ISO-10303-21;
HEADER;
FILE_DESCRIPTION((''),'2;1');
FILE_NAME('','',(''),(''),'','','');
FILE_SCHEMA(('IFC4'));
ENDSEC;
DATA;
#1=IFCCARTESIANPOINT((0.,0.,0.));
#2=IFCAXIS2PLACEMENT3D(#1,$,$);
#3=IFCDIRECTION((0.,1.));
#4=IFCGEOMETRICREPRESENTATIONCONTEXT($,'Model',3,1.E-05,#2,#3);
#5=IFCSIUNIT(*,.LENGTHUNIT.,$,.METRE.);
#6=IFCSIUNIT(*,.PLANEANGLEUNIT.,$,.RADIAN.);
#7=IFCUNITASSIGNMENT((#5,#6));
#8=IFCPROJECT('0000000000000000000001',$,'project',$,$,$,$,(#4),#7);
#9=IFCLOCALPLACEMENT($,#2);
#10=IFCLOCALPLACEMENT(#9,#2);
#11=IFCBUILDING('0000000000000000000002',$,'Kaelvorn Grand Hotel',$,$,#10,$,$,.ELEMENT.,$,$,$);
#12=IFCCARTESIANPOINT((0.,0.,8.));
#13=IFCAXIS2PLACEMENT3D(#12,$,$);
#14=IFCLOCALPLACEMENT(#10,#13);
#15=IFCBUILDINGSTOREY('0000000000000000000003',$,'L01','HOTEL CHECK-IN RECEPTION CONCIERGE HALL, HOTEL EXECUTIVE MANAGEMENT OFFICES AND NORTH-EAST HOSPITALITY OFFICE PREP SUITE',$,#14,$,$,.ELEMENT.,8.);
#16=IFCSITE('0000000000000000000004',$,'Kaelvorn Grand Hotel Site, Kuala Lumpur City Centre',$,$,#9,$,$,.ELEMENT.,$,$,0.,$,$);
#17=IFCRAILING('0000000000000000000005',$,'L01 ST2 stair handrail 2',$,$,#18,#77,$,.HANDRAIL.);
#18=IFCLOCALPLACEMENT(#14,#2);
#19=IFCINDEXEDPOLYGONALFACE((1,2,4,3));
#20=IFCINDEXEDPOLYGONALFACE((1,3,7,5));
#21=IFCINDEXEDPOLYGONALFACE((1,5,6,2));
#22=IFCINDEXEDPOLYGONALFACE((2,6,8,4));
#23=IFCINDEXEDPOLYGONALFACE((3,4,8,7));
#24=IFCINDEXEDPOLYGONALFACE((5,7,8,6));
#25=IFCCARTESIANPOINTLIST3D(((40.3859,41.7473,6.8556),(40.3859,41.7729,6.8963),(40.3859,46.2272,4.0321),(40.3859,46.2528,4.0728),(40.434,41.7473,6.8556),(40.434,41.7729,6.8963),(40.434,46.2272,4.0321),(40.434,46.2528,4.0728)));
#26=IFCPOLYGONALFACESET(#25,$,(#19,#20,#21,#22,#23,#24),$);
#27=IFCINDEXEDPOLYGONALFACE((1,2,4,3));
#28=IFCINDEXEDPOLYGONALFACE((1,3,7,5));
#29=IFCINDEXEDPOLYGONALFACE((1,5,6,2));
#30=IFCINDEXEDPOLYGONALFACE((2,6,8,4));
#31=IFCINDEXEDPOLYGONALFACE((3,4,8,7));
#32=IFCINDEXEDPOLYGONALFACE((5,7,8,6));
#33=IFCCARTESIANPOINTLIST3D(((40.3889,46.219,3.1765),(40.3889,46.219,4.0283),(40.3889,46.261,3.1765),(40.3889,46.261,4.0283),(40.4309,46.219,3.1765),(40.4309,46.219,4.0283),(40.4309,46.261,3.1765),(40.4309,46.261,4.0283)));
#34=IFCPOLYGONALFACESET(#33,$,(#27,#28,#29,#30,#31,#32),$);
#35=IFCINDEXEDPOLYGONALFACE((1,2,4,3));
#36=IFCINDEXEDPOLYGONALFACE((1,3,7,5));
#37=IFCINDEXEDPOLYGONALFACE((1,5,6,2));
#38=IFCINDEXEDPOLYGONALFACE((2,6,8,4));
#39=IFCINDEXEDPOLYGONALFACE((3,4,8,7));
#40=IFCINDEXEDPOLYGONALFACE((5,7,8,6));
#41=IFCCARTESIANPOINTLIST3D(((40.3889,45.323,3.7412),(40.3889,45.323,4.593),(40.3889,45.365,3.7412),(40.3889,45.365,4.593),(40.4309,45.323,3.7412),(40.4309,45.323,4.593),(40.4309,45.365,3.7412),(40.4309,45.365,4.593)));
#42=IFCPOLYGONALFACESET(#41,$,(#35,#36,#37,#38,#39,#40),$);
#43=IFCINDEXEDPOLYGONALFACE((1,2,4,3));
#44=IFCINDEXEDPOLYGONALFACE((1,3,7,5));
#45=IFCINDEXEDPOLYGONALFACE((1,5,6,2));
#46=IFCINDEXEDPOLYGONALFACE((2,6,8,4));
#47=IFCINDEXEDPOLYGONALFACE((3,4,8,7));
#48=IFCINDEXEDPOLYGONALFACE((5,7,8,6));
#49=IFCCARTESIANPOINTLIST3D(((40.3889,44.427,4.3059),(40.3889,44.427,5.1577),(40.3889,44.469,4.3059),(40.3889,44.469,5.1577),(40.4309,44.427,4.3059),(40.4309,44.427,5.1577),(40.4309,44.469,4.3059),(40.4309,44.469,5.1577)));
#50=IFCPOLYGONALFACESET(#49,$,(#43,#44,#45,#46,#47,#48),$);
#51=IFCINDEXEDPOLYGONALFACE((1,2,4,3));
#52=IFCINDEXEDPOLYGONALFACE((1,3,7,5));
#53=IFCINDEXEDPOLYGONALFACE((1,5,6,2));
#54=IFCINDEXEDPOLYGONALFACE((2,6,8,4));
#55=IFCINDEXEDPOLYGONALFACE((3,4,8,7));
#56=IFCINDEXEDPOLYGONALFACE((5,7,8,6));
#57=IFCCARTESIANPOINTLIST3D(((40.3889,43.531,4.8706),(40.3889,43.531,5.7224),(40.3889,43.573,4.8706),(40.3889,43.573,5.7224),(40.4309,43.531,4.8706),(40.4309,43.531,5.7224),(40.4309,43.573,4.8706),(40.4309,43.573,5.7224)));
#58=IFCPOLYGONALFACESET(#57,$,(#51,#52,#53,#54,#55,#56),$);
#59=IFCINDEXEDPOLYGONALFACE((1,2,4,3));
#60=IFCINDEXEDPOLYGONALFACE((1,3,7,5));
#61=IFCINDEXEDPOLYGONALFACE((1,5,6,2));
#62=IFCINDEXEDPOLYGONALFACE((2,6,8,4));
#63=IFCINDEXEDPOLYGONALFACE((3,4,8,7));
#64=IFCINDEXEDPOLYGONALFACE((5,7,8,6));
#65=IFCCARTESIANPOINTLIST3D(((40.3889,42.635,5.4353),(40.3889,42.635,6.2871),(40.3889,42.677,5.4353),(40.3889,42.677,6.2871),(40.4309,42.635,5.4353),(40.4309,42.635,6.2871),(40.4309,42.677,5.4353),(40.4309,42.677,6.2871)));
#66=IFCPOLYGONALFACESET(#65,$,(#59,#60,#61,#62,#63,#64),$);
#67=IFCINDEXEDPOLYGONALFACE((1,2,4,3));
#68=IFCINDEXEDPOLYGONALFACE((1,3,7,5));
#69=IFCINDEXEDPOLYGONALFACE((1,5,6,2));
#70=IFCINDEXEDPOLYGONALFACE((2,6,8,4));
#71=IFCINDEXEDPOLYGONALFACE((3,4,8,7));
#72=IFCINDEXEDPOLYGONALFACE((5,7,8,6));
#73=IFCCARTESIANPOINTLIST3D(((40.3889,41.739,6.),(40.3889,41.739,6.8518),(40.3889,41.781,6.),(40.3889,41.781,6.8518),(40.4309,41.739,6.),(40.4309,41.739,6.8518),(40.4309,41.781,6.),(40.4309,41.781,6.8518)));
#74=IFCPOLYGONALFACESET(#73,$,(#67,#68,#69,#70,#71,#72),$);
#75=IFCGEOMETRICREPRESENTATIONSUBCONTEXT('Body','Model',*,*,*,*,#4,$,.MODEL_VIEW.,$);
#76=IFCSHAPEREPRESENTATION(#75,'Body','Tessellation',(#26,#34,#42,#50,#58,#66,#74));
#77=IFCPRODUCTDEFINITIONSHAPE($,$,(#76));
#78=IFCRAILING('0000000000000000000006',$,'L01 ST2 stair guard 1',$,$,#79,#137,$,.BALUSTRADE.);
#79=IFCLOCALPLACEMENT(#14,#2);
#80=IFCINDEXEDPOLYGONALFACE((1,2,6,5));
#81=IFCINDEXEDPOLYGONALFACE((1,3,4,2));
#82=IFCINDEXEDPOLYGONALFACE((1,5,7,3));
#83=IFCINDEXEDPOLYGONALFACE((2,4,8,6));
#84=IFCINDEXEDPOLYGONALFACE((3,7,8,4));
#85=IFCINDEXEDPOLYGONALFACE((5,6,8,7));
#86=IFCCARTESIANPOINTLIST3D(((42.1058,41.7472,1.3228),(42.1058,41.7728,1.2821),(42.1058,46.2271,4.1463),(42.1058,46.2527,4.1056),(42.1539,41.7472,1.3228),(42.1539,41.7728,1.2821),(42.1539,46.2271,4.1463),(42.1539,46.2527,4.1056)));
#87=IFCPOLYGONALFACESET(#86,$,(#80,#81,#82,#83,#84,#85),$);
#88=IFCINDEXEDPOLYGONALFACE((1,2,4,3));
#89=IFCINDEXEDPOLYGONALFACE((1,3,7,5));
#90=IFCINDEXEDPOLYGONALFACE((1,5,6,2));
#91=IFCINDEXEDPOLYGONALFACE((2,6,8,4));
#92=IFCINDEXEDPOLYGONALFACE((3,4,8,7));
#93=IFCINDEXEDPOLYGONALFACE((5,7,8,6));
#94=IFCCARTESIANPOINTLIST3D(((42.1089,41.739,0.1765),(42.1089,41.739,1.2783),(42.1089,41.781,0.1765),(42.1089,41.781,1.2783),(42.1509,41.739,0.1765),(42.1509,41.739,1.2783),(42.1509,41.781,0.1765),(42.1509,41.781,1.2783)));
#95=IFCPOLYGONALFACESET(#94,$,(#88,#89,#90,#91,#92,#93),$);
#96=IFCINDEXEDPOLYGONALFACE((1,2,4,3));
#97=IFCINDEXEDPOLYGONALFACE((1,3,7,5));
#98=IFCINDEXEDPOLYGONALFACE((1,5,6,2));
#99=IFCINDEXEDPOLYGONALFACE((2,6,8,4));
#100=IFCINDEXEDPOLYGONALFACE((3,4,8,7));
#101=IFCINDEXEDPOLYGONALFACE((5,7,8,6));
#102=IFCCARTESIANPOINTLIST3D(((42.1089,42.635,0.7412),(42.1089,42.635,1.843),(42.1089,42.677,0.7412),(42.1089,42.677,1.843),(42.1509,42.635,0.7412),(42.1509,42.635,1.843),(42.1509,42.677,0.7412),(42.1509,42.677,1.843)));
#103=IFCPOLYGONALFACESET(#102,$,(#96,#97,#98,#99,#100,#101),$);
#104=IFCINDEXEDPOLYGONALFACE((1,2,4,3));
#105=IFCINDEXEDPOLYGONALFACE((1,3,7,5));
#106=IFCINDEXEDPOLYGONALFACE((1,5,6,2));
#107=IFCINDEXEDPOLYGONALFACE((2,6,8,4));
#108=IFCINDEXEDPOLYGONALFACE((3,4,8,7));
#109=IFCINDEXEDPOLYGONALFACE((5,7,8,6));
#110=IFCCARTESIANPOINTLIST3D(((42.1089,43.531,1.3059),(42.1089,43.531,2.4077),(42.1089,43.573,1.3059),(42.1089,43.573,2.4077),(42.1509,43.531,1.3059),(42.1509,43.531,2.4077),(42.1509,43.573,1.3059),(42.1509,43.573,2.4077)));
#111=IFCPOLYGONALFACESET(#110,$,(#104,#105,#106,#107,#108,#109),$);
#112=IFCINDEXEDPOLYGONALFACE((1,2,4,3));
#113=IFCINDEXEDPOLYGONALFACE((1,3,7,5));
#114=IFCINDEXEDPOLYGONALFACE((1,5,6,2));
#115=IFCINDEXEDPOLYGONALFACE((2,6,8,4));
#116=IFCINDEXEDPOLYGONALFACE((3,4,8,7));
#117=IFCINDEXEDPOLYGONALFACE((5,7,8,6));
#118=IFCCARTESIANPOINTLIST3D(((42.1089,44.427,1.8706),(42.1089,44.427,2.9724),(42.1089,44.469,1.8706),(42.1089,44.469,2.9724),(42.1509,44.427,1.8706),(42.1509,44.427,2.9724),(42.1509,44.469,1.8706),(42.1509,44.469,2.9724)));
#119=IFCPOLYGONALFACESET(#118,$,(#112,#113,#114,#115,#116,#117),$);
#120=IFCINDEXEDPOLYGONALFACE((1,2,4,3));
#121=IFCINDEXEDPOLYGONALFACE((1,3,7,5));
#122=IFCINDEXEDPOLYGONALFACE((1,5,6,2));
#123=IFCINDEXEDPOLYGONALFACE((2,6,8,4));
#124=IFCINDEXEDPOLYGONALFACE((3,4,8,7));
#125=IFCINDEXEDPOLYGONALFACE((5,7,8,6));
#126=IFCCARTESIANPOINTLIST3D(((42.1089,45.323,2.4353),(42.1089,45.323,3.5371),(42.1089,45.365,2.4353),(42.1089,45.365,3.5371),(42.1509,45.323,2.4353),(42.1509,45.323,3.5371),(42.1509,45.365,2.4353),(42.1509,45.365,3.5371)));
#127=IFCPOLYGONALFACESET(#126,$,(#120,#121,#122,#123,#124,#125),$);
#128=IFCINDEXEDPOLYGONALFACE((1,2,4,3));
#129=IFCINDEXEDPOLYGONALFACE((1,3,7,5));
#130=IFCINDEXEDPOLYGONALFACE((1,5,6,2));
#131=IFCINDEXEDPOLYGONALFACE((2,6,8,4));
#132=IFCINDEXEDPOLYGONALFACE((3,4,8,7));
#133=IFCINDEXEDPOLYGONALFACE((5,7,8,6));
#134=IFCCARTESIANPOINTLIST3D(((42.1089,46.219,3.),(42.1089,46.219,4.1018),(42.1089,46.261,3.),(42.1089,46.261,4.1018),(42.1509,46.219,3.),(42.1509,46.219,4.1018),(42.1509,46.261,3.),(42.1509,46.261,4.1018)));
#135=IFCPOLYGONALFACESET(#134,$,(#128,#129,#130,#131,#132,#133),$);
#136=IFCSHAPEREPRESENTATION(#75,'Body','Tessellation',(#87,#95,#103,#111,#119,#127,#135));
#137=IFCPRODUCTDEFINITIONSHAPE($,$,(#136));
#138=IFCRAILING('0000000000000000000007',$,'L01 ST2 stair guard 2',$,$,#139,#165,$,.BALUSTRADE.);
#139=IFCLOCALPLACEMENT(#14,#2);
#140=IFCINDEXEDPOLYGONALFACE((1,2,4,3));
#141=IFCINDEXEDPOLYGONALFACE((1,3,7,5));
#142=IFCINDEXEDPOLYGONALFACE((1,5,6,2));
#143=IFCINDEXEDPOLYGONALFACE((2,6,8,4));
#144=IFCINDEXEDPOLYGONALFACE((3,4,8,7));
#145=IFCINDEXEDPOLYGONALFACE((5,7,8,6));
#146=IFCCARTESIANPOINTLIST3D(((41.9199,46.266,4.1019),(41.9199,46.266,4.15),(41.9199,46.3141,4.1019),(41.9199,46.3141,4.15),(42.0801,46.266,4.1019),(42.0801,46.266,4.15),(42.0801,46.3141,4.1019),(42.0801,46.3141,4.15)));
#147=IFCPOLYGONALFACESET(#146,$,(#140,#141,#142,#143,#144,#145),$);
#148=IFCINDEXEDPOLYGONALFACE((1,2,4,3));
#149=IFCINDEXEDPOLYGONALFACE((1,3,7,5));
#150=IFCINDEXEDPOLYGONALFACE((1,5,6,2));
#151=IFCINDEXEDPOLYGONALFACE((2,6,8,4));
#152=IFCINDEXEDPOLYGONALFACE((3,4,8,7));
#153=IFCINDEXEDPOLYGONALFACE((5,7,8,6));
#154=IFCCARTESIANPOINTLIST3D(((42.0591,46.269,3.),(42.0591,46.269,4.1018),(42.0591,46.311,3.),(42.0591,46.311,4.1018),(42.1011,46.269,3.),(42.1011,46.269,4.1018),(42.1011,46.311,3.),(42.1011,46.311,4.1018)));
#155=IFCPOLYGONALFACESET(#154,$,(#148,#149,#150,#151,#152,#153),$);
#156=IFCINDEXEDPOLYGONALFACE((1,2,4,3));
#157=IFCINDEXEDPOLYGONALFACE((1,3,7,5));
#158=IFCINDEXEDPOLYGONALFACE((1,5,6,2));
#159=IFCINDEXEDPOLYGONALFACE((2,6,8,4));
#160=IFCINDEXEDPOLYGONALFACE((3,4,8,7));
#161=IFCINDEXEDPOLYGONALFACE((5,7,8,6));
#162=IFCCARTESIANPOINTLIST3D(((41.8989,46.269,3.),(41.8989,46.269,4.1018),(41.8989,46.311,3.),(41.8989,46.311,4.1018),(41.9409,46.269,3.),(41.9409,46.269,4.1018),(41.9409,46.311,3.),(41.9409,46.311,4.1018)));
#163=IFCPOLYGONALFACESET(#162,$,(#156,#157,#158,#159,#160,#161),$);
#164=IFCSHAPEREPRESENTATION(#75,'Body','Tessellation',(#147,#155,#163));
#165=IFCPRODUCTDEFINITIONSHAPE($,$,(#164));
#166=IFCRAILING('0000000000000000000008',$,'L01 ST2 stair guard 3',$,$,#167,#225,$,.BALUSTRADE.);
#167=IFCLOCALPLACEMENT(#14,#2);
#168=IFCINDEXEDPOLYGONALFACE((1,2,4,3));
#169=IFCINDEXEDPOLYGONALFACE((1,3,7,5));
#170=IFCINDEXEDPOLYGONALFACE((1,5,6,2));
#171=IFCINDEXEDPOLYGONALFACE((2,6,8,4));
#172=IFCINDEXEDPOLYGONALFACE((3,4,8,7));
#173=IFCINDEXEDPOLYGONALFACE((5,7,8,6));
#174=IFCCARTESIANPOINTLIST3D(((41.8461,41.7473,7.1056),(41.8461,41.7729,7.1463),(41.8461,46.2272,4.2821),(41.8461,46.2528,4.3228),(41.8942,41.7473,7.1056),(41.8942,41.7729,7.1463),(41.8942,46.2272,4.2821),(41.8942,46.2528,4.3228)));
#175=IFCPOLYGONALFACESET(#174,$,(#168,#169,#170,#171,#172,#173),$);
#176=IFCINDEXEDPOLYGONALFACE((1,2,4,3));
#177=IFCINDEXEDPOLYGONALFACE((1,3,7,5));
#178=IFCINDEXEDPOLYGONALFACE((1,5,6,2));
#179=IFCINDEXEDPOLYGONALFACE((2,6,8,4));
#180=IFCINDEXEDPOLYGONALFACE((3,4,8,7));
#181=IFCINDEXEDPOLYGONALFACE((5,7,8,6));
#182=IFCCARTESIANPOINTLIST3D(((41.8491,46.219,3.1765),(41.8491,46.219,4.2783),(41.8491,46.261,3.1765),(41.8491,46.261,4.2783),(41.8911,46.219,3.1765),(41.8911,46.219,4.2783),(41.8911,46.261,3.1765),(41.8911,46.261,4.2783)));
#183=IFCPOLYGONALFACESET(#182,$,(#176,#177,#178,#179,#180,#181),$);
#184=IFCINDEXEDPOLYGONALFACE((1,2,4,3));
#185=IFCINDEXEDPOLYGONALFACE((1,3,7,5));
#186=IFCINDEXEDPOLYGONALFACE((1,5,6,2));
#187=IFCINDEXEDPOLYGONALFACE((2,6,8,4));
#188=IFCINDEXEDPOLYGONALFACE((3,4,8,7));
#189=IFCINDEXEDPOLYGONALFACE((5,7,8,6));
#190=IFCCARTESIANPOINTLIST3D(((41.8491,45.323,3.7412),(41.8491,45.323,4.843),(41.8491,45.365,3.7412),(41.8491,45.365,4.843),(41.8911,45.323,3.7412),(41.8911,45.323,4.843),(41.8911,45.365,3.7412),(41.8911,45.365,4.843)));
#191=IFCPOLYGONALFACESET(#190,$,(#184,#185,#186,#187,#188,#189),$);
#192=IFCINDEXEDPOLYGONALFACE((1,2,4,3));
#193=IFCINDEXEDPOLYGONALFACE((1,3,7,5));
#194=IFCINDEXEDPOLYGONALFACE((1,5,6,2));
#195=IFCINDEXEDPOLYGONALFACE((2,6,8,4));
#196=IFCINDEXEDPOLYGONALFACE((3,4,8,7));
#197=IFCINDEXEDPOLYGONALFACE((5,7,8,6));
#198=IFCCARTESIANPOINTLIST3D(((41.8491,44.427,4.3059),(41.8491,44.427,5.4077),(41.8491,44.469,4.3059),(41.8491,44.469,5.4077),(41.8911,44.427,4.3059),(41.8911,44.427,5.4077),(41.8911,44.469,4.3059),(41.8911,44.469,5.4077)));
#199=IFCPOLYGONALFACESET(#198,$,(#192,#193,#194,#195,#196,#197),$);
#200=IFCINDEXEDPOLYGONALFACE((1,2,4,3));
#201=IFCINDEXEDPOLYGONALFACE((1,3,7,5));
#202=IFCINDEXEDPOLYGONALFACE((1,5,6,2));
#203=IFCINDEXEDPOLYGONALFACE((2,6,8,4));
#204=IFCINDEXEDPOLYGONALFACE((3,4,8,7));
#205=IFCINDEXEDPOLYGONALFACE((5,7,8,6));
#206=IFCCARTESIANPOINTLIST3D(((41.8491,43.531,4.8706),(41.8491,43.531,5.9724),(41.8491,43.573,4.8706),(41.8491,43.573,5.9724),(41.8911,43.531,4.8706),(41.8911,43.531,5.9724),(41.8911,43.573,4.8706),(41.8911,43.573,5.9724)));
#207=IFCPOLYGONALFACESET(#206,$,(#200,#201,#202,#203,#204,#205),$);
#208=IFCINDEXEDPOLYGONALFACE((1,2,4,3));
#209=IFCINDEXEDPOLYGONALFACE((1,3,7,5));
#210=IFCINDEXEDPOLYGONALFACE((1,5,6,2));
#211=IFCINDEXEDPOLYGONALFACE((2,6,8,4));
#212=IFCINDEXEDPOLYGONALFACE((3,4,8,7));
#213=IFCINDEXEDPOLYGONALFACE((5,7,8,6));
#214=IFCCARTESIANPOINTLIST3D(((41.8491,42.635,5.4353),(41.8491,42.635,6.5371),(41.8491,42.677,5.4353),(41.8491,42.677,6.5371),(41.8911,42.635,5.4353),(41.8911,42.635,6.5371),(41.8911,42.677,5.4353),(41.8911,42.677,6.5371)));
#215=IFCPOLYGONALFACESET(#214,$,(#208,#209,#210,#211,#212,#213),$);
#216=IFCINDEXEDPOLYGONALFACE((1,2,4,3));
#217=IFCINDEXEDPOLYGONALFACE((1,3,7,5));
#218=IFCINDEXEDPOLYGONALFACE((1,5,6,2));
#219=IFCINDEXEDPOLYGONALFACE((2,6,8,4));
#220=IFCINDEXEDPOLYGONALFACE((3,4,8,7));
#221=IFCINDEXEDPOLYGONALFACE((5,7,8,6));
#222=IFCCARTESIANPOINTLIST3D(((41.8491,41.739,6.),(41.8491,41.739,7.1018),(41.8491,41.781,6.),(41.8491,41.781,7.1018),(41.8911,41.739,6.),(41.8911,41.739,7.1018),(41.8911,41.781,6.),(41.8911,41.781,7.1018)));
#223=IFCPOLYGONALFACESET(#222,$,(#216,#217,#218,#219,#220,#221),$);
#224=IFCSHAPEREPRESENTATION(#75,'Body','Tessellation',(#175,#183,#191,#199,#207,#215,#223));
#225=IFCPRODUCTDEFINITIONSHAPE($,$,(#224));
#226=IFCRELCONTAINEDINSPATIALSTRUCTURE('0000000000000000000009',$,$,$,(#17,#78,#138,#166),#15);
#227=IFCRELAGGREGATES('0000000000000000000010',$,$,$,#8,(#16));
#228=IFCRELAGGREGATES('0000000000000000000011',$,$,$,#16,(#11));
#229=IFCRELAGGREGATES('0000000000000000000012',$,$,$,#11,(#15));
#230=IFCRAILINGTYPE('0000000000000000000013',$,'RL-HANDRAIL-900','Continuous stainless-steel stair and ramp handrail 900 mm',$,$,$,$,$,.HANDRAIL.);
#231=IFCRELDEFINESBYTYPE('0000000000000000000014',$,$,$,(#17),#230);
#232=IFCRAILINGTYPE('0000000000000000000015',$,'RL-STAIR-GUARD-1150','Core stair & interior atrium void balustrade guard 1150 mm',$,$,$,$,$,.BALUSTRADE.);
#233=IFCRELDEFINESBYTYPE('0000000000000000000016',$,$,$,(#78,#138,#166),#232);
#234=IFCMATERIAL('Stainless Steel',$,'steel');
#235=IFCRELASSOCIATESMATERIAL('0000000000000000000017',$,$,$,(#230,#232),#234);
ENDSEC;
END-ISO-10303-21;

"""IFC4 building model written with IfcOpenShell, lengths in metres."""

from ifc_helpers import new_model, si_unit, direction, frame, origin, origin_2d, place, context, subcontext, project, spatial, rectangle, extrude, material, type_object, element, save


model = new_model("IFC4")

# Units and contexts
model_context = context("Model", 3, precision=1e-05, world=origin(), true_north=direction((0.0, 1.0)))
body_context = subcontext(model_context, "Body", "Model", "MODEL_VIEW")
ifc_project = project(units=[si_unit("LENGTHUNIT", "METRE"), si_unit("PLANEANGLEUNIT", "RADIAN")], contexts=[model_context])

# Site, building, storey
site_placement = place(None, origin())
site = spatial("IfcSite", under=ifc_project, at=site_placement, Name="Kaelvorn Grand Hotel Site, Kuala Lumpur City Centre", CompositionType="ELEMENT", RefElevation=0.0)
building_placement = place(site_placement, origin())
building = spatial("IfcBuilding", under=site, at=building_placement, Name="Kaelvorn Grand Hotel", CompositionType="ELEMENT")
storey_placement = place(building_placement, frame((0.0, 0.0, 8.0)))
storey = spatial("IfcBuildingStorey", under=building, at=storey_placement, Name="L01", Description="HOTEL CHECK-IN RECEPTION CONCIERGE HALL, HOTEL EXECUTIVE MANAGEMENT OFFICES AND NORTH-EAST HOSPITALITY OFFICE PREP SUITE", CompositionType="ELEMENT", Elevation=8.0)

# Railings
ifc_material_1 = material(Name="Stainless Steel", Category="steel")
railing_type_1 = type_object("IfcRailingType", Name="RL-HANDRAIL-900", Description="Continuous stainless-steel stair and ramp handrail 900 mm", PredefinedType="HANDRAIL", material=ifc_material_1)
railing_1_placement = place(storey_placement, frame((40.4099, 46.24, 3.1765)))
element("IfcRailing", 1, at=railing_1_placement, inside=storey, type_object=railing_type_1, Name="L01 ST2 stair handrail 2", PredefinedType="HANDRAIL", context=body_context, shape_type="SweptSolid", body=[
    extrude(rectangle(XDim=0.0481, YDim=0.0481, at=origin_2d()), frame((0.0, 0.0, 0.876), z_axis=(0.0, -0.845998, 0.533186), x_axis=(1.0, 0.0, 0.0)), (0.0, 0.0, 1.0), 5.2954),
    extrude(rectangle(XDim=0.042, YDim=0.042, at=origin_2d()), origin(), (0.0, 0.0, 1.0), 0.8518),
    extrude(rectangle(XDim=0.042, YDim=0.042, at=origin_2d()), frame((0.0, -0.896, 0.5647)), (0.0, 0.0, 1.0), 0.8518),
    extrude(rectangle(XDim=0.042, YDim=0.042, at=origin_2d()), frame((0.0, -1.792, 1.1294)), (0.0, 0.0, 1.0), 0.8518),
    extrude(rectangle(XDim=0.042, YDim=0.042, at=origin_2d()), frame((0.0, -2.688, 1.6941)), (0.0, 0.0, 1.0), 0.8518),
    extrude(rectangle(XDim=0.042, YDim=0.042, at=origin_2d()), frame((0.0, -3.584, 2.2588)), (0.0, 0.0, 1.0), 0.8518),
    extrude(rectangle(XDim=0.042, YDim=0.042, at=origin_2d()), frame((0.0, -4.48, 2.8235)), (0.0, 0.0, 1.0), 0.8518),
])
railing_type_2 = type_object("IfcRailingType", Name="RL-STAIR-GUARD-1150", Description="Core stair & interior atrium void balustrade guard 1150 mm", PredefinedType="BALUSTRADE", material=ifc_material_1)
railing_2_placement = place(storey_placement, frame((42.1299, 41.76, 0.1765)))
element("IfcRailing", 2, at=railing_2_placement, inside=storey, type_object=railing_type_2, Name="L01 ST2 stair guard 1", PredefinedType="BALUSTRADE", context=body_context, shape_type="SweptSolid", body=[
    extrude(rectangle(XDim=0.0481, YDim=0.0481, at=origin_2d()), frame((0.0, 0.0, 1.126), z_axis=(0.0, 0.845998, 0.533186), x_axis=(-1.0, 0.0, 0.0)), (0.0, 0.0, 1.0), 5.2954),
    extrude(rectangle(XDim=0.042, YDim=0.042, at=origin_2d()), origin(), (0.0, 0.0, 1.0), 1.1018),
    extrude(rectangle(XDim=0.042, YDim=0.042, at=origin_2d()), frame((0.0, 0.896, 0.5647)), (0.0, 0.0, 1.0), 1.1018),
    extrude(rectangle(XDim=0.042, YDim=0.042, at=origin_2d()), frame((0.0, 1.792, 1.1294)), (0.0, 0.0, 1.0), 1.1018),
    extrude(rectangle(XDim=0.042, YDim=0.042, at=origin_2d()), frame((0.0, 2.688, 1.6941)), (0.0, 0.0, 1.0), 1.1018),
    extrude(rectangle(XDim=0.042, YDim=0.042, at=origin_2d()), frame((0.0, 3.584, 2.2588)), (0.0, 0.0, 1.0), 1.1018),
    extrude(rectangle(XDim=0.042, YDim=0.042, at=origin_2d()), frame((0.0, 4.48, 2.8235)), (0.0, 0.0, 1.0), 1.1018),
])
railing_3_placement = place(storey_placement, frame((42.0801, 46.29, 3.0)))
element("IfcRailing", 3, at=railing_3_placement, inside=storey, type_object=railing_type_2, Name="L01 ST2 stair guard 2", PredefinedType="BALUSTRADE", context=body_context, shape_type="SweptSolid", body=[
    extrude(rectangle(XDim=0.0481, YDim=0.0481, at=origin_2d()), frame((0.0, 0.0, 1.126), z_axis=(-1.0, 0.0, 0.0), x_axis=(0.0, -1.0, 0.0)), (0.0, 0.0, 1.0), 0.1602),
    extrude(rectangle(XDim=0.042, YDim=0.042, at=origin_2d()), origin(), (0.0, 0.0, 1.0), 1.1018),
    extrude(rectangle(XDim=0.042, YDim=0.042, at=origin_2d()), frame((-0.1602, 0.0, 0.0)), (0.0, 0.0, 1.0), 1.1018),
])
railing_4_placement = place(storey_placement, frame((41.8701, 46.24, 3.1765)))
element("IfcRailing", 4, at=railing_4_placement, inside=storey, type_object=railing_type_2, Name="L01 ST2 stair guard 3", PredefinedType="BALUSTRADE", context=body_context, shape_type="SweptSolid", body=[
    extrude(rectangle(XDim=0.0481, YDim=0.0481, at=origin_2d()), frame((0.0, 0.0, 1.126), z_axis=(0.0, -0.845998, 0.533186), x_axis=(1.0, 0.0, 0.0)), (0.0, 0.0, 1.0), 5.2954),
    extrude(rectangle(XDim=0.042, YDim=0.042, at=origin_2d()), origin(), (0.0, 0.0, 1.0), 1.1018),
    extrude(rectangle(XDim=0.042, YDim=0.042, at=origin_2d()), frame((0.0, -0.896, 0.5647)), (0.0, 0.0, 1.0), 1.1018),
    extrude(rectangle(XDim=0.042, YDim=0.042, at=origin_2d()), frame((0.0, -1.792, 1.1294)), (0.0, 0.0, 1.0), 1.1018),
    extrude(rectangle(XDim=0.042, YDim=0.042, at=origin_2d()), frame((0.0, -2.688, 1.6941)), (0.0, 0.0, 1.0), 1.1018),
    extrude(rectangle(XDim=0.042, YDim=0.042, at=origin_2d()), frame((0.0, -3.584, 2.2588)), (0.0, 0.0, 1.0), 1.1018),
    extrude(rectangle(XDim=0.042, YDim=0.042, at=origin_2d()), frame((0.0, -4.48, 2.8235)), (0.0, 0.0, 1.0), 1.1018),
])

save(model, "model.ifc")
